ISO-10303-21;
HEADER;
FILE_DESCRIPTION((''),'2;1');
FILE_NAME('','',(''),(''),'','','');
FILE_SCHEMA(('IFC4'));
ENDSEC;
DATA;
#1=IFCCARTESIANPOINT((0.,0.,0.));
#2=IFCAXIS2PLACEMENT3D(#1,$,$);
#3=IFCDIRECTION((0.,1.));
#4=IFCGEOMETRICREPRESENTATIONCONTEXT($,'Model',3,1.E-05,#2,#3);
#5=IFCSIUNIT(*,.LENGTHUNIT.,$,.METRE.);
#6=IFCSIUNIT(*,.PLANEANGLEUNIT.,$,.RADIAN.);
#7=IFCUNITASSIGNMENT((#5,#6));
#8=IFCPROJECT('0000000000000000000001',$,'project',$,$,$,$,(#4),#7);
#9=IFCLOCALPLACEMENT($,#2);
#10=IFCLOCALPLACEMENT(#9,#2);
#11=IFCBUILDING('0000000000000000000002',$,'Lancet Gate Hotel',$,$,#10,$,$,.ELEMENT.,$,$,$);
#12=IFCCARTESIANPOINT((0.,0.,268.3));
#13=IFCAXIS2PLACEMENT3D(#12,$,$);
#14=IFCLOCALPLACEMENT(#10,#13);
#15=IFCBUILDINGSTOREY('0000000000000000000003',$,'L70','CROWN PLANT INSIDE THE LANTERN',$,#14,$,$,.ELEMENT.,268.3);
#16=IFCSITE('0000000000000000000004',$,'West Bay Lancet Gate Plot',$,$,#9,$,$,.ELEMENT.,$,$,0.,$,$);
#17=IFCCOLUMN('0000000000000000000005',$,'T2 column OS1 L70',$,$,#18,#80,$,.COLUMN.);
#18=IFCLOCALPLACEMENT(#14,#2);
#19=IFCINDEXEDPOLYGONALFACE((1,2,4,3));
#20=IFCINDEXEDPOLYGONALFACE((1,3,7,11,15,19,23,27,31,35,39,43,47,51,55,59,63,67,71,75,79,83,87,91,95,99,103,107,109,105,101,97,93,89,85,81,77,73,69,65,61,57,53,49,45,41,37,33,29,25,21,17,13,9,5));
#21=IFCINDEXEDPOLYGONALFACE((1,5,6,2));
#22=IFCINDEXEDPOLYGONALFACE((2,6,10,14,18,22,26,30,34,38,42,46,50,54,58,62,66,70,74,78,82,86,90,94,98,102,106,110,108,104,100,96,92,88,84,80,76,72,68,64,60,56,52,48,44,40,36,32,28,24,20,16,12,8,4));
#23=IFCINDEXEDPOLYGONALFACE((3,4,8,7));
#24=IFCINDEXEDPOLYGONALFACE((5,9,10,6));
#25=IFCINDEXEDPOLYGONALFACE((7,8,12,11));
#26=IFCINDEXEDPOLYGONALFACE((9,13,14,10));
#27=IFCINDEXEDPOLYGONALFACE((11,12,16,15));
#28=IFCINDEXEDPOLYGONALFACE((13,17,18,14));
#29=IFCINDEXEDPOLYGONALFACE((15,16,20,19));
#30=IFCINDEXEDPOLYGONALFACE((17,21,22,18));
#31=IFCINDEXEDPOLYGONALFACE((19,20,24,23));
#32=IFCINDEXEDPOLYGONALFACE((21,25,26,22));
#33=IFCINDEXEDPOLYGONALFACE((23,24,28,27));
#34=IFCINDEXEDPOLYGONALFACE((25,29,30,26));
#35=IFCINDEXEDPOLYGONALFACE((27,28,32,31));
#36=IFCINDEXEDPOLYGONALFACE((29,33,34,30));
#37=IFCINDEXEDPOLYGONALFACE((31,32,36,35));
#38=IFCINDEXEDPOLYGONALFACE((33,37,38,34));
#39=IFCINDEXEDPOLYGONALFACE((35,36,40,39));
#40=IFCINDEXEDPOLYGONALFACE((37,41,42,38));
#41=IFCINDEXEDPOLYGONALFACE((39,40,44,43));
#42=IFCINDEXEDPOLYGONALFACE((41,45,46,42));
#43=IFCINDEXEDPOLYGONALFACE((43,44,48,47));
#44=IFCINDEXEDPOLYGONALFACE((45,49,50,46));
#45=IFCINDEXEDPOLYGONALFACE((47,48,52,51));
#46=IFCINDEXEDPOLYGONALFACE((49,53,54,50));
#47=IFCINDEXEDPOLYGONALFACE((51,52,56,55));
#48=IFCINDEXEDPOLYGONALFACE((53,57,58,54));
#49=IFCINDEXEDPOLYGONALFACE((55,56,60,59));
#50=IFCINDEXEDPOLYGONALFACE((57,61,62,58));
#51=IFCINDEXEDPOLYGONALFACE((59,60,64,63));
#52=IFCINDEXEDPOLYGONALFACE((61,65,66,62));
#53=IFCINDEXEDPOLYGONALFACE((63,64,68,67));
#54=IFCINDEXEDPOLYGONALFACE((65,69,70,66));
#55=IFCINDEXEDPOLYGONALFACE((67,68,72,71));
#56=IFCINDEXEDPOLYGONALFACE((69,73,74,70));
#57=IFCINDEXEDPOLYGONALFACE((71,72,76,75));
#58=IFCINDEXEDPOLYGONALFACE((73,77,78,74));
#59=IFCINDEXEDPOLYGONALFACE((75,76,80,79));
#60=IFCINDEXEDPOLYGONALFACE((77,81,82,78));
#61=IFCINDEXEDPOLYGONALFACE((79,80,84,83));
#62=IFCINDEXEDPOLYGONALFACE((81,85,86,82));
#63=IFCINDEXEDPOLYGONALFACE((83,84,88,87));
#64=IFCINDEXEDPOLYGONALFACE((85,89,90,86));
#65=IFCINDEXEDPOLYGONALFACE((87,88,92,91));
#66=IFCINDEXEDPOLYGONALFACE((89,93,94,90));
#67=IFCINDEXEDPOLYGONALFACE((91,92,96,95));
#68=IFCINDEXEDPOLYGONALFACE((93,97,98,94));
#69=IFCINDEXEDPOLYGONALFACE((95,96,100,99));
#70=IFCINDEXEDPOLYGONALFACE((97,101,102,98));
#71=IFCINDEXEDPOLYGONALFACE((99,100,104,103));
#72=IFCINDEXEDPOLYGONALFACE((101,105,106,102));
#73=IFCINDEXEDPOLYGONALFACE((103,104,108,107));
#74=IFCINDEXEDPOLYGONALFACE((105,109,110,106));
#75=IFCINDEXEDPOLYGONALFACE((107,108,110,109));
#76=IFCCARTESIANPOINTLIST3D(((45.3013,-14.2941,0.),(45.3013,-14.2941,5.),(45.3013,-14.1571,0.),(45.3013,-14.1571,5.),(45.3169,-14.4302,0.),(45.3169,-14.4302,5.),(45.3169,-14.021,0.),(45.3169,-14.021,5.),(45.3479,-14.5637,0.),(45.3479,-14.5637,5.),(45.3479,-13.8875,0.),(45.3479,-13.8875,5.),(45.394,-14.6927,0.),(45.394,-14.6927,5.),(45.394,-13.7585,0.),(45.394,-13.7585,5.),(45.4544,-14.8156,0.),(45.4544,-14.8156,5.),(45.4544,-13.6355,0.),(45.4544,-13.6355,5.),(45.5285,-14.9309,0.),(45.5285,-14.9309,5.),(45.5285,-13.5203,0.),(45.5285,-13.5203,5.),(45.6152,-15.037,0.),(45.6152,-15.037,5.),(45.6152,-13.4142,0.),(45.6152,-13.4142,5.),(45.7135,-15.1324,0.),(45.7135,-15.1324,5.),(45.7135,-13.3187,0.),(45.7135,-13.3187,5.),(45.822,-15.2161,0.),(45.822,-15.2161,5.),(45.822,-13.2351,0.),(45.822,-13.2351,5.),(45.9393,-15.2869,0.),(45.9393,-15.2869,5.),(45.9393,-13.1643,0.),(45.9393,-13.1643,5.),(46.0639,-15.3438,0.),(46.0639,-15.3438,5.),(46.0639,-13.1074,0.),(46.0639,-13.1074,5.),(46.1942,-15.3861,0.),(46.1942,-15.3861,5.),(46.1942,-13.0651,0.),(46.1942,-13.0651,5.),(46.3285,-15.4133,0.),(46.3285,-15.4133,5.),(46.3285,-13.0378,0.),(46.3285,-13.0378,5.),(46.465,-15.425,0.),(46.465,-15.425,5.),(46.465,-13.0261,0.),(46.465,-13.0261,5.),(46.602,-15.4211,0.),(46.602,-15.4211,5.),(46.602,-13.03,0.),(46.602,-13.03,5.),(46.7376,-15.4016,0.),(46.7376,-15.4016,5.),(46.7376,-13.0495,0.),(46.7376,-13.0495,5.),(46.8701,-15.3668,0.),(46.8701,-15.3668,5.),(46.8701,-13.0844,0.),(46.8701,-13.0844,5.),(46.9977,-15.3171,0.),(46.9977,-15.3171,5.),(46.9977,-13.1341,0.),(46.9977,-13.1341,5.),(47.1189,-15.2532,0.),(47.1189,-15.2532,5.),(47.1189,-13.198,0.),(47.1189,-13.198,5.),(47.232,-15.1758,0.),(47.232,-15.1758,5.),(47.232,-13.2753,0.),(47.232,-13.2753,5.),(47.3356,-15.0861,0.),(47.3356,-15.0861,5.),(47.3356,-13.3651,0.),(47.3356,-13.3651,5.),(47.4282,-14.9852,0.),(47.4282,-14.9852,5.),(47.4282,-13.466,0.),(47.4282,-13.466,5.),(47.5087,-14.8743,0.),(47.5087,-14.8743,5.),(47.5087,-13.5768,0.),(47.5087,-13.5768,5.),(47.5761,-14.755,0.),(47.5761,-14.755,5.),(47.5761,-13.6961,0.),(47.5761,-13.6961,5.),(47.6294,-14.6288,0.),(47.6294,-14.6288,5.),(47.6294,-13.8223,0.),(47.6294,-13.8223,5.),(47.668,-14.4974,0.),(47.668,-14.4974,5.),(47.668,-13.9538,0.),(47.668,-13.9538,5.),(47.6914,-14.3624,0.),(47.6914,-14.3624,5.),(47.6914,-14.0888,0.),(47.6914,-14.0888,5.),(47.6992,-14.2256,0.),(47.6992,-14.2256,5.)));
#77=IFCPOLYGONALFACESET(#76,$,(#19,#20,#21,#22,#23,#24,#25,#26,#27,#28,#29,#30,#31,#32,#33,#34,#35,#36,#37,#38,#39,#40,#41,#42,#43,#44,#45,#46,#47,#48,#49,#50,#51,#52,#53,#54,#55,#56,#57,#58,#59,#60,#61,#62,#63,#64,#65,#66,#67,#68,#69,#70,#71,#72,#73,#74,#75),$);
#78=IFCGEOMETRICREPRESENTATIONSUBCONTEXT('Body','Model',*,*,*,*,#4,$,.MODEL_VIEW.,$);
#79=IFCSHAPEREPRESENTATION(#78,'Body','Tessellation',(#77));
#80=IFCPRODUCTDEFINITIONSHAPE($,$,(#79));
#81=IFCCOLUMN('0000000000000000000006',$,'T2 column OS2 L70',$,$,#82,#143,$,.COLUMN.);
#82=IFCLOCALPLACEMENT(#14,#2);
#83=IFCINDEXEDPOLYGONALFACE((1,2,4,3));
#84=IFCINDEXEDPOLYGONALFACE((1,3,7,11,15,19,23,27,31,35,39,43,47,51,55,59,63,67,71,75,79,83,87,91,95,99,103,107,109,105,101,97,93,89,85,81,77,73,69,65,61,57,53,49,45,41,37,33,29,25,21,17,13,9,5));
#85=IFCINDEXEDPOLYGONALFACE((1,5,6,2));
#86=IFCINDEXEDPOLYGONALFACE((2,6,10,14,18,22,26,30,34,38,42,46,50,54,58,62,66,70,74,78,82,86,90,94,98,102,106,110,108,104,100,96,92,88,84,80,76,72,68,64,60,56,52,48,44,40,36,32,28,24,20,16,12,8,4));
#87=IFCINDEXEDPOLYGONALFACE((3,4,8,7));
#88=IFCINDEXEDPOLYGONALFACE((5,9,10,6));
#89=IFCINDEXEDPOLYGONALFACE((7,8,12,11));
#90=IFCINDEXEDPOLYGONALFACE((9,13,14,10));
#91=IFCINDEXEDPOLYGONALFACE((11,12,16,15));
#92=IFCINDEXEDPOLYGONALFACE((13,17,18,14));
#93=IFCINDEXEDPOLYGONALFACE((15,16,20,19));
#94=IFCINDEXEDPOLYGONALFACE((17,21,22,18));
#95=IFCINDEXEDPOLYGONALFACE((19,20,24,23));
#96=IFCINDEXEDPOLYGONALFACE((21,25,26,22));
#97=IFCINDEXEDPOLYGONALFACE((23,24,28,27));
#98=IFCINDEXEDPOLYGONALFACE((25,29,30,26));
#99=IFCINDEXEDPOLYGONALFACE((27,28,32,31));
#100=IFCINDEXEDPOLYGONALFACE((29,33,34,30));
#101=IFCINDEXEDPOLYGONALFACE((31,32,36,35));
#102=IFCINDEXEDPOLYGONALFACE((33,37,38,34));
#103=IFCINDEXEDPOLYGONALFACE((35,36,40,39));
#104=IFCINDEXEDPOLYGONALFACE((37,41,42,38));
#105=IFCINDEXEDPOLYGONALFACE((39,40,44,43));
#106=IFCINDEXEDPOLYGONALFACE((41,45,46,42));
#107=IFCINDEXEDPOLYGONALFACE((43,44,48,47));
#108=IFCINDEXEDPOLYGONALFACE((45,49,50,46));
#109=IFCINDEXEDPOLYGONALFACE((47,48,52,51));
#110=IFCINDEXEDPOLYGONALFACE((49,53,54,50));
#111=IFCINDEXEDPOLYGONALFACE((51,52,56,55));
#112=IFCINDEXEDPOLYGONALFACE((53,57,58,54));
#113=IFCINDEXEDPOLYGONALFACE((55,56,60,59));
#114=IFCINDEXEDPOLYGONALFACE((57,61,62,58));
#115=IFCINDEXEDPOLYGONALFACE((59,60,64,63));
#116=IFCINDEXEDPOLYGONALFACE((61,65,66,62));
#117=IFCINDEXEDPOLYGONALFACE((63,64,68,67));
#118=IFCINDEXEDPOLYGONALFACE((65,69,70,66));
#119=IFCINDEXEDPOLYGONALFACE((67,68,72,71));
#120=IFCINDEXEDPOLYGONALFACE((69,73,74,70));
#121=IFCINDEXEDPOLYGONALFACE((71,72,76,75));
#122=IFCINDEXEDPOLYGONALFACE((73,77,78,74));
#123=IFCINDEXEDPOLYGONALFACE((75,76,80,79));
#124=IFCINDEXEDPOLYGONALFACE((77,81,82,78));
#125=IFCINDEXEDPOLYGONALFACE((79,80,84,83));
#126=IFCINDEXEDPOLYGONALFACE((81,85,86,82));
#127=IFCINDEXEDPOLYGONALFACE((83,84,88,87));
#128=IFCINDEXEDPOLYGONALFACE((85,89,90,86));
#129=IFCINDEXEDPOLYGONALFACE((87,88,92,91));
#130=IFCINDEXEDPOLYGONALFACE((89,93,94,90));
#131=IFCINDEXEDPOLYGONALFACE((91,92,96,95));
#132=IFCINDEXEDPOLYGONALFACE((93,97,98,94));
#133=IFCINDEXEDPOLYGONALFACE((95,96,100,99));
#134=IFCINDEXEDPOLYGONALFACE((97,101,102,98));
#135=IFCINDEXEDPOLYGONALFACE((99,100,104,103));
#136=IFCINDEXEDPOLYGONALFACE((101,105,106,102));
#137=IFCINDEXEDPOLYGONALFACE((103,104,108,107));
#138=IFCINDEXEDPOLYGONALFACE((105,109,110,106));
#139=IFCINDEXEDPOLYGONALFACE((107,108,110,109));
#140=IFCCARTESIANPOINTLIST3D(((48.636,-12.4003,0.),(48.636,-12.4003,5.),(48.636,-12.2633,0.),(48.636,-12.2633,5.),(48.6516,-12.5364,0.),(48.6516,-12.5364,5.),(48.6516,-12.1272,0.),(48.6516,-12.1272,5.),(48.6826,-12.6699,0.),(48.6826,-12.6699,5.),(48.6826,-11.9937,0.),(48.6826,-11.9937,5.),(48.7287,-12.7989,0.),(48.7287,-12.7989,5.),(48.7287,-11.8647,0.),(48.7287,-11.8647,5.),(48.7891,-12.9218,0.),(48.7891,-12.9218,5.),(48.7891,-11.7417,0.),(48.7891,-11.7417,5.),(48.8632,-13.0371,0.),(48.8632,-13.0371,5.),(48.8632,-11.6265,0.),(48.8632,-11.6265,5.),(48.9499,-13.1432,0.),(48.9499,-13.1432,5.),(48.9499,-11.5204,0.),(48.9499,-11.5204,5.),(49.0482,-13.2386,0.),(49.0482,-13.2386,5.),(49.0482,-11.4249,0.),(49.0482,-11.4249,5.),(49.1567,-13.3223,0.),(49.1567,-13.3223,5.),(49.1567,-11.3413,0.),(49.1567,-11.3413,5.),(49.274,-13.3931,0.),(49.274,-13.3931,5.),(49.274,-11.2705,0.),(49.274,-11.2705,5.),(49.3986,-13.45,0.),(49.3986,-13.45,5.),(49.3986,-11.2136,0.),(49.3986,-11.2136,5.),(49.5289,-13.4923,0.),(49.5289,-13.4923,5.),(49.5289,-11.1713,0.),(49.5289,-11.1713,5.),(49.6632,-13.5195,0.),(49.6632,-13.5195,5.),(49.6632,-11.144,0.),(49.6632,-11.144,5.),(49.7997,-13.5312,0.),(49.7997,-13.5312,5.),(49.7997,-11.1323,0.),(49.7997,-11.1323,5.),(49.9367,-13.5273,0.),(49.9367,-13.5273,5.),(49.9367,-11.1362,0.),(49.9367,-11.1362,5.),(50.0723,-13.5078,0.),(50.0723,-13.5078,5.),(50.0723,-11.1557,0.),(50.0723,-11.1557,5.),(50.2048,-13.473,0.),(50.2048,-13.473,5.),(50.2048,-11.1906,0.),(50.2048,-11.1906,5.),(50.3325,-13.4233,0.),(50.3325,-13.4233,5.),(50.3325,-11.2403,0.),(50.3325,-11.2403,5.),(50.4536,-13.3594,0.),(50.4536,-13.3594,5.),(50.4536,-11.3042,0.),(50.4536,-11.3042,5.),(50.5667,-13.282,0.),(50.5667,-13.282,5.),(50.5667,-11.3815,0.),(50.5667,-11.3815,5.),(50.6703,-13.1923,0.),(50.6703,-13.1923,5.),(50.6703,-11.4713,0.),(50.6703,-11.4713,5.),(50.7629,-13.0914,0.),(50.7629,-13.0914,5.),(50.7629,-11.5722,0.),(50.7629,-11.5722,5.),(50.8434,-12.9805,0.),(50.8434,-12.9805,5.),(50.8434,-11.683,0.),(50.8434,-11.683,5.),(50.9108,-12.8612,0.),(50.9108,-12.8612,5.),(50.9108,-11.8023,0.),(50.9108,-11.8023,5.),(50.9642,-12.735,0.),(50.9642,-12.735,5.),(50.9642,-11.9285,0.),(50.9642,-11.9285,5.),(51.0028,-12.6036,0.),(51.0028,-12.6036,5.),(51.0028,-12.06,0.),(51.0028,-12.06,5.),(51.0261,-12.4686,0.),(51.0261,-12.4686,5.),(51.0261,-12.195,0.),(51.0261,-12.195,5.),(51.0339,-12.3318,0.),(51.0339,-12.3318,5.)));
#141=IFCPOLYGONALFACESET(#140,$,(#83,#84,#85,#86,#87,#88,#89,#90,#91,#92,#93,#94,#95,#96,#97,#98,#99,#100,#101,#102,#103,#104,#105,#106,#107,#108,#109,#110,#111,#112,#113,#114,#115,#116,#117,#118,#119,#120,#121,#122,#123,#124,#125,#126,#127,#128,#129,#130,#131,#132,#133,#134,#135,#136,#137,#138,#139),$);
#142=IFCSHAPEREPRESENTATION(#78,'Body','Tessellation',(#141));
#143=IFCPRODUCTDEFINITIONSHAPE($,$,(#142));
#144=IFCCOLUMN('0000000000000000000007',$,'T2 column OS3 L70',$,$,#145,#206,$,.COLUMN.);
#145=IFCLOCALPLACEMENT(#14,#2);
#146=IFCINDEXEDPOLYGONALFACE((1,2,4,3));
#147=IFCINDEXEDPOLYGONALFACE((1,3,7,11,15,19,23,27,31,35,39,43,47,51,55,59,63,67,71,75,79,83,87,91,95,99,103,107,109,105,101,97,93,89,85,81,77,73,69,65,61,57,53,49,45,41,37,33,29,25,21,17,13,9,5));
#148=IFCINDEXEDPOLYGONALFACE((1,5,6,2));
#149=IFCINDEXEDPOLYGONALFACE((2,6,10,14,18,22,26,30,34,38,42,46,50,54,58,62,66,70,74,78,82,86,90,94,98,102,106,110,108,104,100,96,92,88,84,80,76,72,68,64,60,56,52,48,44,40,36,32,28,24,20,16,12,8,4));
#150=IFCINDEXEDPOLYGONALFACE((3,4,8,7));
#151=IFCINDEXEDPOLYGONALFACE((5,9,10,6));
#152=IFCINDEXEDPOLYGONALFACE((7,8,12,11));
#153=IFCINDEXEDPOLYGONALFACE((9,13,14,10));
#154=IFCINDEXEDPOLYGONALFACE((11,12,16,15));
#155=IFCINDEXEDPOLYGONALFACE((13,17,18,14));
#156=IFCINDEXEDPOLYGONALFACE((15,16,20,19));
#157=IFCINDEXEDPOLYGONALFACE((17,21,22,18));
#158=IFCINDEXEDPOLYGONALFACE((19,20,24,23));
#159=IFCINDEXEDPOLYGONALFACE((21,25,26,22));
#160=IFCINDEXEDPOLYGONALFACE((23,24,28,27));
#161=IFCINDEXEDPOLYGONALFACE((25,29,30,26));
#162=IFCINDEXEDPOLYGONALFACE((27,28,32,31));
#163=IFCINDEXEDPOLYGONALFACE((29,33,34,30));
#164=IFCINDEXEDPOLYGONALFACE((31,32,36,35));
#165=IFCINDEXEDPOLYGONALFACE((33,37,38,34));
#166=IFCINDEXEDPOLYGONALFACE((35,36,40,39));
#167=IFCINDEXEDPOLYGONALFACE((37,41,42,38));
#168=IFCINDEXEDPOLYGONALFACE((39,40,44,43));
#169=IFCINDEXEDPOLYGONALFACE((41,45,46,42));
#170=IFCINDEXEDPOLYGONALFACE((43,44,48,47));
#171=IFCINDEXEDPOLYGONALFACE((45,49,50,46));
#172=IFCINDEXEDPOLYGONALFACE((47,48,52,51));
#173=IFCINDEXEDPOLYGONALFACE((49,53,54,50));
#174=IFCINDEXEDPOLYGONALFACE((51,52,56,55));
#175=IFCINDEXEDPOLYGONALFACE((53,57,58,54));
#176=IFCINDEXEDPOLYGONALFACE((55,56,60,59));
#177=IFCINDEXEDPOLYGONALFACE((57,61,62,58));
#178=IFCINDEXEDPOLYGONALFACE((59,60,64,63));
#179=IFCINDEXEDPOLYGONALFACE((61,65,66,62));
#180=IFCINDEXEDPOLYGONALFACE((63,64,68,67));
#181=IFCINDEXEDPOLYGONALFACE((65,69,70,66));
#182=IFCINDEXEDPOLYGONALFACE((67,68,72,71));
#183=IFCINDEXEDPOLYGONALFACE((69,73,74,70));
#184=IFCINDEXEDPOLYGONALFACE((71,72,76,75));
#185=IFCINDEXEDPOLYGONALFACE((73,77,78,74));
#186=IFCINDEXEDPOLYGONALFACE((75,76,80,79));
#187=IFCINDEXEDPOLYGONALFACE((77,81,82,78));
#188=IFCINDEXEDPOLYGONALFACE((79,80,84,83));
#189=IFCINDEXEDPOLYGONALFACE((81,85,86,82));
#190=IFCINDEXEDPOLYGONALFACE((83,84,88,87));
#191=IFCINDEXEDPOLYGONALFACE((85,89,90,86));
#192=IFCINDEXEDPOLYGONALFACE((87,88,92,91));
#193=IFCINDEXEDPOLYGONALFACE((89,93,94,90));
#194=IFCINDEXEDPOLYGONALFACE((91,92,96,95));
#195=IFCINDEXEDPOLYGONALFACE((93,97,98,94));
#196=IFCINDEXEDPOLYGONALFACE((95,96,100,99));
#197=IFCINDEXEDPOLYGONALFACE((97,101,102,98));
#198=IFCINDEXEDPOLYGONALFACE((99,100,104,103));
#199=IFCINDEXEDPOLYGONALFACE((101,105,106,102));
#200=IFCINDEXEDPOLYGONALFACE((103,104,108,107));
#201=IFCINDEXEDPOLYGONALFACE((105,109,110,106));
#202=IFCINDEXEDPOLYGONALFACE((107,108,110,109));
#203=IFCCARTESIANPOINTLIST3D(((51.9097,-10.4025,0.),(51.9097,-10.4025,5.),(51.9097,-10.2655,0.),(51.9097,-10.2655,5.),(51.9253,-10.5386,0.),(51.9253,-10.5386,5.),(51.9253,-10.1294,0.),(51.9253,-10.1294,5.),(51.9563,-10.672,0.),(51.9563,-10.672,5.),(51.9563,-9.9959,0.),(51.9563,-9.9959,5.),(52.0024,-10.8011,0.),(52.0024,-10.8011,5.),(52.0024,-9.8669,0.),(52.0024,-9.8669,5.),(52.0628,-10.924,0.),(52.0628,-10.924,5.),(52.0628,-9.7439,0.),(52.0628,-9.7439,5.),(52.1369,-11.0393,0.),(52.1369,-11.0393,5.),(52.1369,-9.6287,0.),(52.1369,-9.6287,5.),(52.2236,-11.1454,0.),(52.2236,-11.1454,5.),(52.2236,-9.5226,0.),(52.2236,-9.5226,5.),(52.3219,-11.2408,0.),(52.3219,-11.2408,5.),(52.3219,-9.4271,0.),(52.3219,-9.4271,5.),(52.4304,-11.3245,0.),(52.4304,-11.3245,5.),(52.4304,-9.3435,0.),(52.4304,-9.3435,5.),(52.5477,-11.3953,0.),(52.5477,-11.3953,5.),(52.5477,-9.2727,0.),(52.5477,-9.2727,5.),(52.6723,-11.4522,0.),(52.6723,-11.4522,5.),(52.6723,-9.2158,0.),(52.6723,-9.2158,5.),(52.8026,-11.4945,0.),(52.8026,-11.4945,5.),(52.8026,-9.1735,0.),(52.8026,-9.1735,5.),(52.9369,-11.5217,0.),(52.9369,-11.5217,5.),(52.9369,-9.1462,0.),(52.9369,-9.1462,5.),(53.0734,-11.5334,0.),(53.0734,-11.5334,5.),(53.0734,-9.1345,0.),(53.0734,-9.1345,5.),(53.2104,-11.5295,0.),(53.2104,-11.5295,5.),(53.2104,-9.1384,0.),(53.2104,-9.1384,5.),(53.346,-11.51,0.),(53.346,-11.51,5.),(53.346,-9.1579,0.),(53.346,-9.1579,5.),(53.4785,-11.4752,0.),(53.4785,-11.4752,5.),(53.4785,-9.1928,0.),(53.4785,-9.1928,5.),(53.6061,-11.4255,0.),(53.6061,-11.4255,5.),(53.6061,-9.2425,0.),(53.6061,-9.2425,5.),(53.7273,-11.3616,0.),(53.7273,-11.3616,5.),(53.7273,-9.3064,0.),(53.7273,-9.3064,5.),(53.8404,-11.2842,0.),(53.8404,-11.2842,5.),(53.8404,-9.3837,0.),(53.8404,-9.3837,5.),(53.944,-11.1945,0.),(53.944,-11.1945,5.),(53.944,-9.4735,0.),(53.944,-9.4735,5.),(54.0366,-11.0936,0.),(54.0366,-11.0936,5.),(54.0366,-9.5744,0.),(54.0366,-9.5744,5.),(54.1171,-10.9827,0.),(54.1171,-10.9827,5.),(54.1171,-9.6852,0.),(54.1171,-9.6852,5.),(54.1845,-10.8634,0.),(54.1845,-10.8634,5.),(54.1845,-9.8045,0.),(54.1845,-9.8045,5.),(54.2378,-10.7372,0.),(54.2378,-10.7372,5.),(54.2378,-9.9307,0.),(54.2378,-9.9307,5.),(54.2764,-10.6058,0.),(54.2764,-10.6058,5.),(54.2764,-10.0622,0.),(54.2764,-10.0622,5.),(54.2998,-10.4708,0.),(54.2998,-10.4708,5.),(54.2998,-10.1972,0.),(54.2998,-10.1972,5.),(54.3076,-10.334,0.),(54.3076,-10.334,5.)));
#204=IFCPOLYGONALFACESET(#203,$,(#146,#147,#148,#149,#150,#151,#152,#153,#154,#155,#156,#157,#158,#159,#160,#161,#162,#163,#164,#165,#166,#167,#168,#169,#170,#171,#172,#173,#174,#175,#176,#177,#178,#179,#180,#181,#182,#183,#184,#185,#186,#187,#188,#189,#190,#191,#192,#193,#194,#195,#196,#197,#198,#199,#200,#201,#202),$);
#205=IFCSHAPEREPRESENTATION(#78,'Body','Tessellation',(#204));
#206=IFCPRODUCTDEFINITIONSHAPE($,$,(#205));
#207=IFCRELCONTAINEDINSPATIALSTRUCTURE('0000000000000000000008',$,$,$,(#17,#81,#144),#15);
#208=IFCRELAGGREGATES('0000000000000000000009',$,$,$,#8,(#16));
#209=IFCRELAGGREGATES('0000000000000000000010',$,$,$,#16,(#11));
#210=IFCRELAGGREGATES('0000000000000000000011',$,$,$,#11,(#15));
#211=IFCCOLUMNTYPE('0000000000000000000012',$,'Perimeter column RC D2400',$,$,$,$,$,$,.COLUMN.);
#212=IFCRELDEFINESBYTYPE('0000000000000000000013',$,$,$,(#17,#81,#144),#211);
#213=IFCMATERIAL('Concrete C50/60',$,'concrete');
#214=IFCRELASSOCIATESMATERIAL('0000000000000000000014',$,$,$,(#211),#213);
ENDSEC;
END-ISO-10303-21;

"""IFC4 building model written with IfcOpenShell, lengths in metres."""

from ifc_helpers import new_model, si_unit, direction, frame, origin, origin_2d, place, context, subcontext, project, spatial, circle, extrude, material, material_profile, profile_set, type_object, element, save


model = new_model("IFC4")

# Units and contexts
model_context = context("Model", 3, precision=1e-05, world=origin(), true_north=direction((0.0, 1.0)))
body_context = subcontext(model_context, "Body", "Model", "MODEL_VIEW")
ifc_project = project(units=[si_unit("LENGTHUNIT", "METRE"), si_unit("PLANEANGLEUNIT", "RADIAN")], contexts=[model_context])

# Site, building, storey
site_placement = place(None, origin())
site = spatial("IfcSite", under=ifc_project, at=site_placement, Name="West Bay Lancet Gate Plot", CompositionType="ELEMENT", RefElevation=0.0)
building_placement = place(site_placement, origin())
building = spatial("IfcBuilding", under=site, at=building_placement, Name="Lancet Gate Hotel", CompositionType="ELEMENT")
storey_placement = place(building_placement, frame((0.0, 0.0, 268.3)))
storey = spatial("IfcBuildingStorey", under=building, at=storey_placement, Name="L70", Description="CROWN PLANT INSIDE THE LANTERN", CompositionType="ELEMENT", Elevation=268.3)

# Columns
ifc_material_1 = material(Name="Concrete C50/60", Category="concrete")
ifc_material_profile_1 = material_profile(ifc_material_1, circle(Radius=1.2, at=origin_2d()), Name="RC D2400")
ifc_profile_set_1 = profile_set([ifc_material_profile_1], Name="Concrete C50/60")
column_type = type_object("IfcColumnType", Name="Perimeter column RC D2400", PredefinedType="COLUMN", material=ifc_profile_set_1)
for number, where, z_axis, x_axis, name in (
    (1, (46.4993, -14.2256, 0.0), (0.0, 0.0, 1.0), (1.0, 0.0, 0.0), "T2 column OS1 L70"),
    (2, (49.834, -12.3318, 0.0), (0.0, 0.0, 1.0), (1.0, 0.0, 0.0), "T2 column OS2 L70"),
    (3, (53.1077, -10.334, 0.0), (0.0, 0.0, 1.0), (1.0, 0.0, 0.0), "T2 column OS3 L70"),
):
    element("IfcColumn", number, at=place(storey_placement, frame(where, z_axis=z_axis, x_axis=x_axis)), inside=storey, type_object=column_type, Name=name, PredefinedType="COLUMN", context=body_context, shape_type="SweptSolid", body=[
        extrude(circle(Radius=1.2, at=origin_2d()), origin(), (0.0, 0.0, 1.0), 5.0),
    ])

save(model, "model.ifc")
